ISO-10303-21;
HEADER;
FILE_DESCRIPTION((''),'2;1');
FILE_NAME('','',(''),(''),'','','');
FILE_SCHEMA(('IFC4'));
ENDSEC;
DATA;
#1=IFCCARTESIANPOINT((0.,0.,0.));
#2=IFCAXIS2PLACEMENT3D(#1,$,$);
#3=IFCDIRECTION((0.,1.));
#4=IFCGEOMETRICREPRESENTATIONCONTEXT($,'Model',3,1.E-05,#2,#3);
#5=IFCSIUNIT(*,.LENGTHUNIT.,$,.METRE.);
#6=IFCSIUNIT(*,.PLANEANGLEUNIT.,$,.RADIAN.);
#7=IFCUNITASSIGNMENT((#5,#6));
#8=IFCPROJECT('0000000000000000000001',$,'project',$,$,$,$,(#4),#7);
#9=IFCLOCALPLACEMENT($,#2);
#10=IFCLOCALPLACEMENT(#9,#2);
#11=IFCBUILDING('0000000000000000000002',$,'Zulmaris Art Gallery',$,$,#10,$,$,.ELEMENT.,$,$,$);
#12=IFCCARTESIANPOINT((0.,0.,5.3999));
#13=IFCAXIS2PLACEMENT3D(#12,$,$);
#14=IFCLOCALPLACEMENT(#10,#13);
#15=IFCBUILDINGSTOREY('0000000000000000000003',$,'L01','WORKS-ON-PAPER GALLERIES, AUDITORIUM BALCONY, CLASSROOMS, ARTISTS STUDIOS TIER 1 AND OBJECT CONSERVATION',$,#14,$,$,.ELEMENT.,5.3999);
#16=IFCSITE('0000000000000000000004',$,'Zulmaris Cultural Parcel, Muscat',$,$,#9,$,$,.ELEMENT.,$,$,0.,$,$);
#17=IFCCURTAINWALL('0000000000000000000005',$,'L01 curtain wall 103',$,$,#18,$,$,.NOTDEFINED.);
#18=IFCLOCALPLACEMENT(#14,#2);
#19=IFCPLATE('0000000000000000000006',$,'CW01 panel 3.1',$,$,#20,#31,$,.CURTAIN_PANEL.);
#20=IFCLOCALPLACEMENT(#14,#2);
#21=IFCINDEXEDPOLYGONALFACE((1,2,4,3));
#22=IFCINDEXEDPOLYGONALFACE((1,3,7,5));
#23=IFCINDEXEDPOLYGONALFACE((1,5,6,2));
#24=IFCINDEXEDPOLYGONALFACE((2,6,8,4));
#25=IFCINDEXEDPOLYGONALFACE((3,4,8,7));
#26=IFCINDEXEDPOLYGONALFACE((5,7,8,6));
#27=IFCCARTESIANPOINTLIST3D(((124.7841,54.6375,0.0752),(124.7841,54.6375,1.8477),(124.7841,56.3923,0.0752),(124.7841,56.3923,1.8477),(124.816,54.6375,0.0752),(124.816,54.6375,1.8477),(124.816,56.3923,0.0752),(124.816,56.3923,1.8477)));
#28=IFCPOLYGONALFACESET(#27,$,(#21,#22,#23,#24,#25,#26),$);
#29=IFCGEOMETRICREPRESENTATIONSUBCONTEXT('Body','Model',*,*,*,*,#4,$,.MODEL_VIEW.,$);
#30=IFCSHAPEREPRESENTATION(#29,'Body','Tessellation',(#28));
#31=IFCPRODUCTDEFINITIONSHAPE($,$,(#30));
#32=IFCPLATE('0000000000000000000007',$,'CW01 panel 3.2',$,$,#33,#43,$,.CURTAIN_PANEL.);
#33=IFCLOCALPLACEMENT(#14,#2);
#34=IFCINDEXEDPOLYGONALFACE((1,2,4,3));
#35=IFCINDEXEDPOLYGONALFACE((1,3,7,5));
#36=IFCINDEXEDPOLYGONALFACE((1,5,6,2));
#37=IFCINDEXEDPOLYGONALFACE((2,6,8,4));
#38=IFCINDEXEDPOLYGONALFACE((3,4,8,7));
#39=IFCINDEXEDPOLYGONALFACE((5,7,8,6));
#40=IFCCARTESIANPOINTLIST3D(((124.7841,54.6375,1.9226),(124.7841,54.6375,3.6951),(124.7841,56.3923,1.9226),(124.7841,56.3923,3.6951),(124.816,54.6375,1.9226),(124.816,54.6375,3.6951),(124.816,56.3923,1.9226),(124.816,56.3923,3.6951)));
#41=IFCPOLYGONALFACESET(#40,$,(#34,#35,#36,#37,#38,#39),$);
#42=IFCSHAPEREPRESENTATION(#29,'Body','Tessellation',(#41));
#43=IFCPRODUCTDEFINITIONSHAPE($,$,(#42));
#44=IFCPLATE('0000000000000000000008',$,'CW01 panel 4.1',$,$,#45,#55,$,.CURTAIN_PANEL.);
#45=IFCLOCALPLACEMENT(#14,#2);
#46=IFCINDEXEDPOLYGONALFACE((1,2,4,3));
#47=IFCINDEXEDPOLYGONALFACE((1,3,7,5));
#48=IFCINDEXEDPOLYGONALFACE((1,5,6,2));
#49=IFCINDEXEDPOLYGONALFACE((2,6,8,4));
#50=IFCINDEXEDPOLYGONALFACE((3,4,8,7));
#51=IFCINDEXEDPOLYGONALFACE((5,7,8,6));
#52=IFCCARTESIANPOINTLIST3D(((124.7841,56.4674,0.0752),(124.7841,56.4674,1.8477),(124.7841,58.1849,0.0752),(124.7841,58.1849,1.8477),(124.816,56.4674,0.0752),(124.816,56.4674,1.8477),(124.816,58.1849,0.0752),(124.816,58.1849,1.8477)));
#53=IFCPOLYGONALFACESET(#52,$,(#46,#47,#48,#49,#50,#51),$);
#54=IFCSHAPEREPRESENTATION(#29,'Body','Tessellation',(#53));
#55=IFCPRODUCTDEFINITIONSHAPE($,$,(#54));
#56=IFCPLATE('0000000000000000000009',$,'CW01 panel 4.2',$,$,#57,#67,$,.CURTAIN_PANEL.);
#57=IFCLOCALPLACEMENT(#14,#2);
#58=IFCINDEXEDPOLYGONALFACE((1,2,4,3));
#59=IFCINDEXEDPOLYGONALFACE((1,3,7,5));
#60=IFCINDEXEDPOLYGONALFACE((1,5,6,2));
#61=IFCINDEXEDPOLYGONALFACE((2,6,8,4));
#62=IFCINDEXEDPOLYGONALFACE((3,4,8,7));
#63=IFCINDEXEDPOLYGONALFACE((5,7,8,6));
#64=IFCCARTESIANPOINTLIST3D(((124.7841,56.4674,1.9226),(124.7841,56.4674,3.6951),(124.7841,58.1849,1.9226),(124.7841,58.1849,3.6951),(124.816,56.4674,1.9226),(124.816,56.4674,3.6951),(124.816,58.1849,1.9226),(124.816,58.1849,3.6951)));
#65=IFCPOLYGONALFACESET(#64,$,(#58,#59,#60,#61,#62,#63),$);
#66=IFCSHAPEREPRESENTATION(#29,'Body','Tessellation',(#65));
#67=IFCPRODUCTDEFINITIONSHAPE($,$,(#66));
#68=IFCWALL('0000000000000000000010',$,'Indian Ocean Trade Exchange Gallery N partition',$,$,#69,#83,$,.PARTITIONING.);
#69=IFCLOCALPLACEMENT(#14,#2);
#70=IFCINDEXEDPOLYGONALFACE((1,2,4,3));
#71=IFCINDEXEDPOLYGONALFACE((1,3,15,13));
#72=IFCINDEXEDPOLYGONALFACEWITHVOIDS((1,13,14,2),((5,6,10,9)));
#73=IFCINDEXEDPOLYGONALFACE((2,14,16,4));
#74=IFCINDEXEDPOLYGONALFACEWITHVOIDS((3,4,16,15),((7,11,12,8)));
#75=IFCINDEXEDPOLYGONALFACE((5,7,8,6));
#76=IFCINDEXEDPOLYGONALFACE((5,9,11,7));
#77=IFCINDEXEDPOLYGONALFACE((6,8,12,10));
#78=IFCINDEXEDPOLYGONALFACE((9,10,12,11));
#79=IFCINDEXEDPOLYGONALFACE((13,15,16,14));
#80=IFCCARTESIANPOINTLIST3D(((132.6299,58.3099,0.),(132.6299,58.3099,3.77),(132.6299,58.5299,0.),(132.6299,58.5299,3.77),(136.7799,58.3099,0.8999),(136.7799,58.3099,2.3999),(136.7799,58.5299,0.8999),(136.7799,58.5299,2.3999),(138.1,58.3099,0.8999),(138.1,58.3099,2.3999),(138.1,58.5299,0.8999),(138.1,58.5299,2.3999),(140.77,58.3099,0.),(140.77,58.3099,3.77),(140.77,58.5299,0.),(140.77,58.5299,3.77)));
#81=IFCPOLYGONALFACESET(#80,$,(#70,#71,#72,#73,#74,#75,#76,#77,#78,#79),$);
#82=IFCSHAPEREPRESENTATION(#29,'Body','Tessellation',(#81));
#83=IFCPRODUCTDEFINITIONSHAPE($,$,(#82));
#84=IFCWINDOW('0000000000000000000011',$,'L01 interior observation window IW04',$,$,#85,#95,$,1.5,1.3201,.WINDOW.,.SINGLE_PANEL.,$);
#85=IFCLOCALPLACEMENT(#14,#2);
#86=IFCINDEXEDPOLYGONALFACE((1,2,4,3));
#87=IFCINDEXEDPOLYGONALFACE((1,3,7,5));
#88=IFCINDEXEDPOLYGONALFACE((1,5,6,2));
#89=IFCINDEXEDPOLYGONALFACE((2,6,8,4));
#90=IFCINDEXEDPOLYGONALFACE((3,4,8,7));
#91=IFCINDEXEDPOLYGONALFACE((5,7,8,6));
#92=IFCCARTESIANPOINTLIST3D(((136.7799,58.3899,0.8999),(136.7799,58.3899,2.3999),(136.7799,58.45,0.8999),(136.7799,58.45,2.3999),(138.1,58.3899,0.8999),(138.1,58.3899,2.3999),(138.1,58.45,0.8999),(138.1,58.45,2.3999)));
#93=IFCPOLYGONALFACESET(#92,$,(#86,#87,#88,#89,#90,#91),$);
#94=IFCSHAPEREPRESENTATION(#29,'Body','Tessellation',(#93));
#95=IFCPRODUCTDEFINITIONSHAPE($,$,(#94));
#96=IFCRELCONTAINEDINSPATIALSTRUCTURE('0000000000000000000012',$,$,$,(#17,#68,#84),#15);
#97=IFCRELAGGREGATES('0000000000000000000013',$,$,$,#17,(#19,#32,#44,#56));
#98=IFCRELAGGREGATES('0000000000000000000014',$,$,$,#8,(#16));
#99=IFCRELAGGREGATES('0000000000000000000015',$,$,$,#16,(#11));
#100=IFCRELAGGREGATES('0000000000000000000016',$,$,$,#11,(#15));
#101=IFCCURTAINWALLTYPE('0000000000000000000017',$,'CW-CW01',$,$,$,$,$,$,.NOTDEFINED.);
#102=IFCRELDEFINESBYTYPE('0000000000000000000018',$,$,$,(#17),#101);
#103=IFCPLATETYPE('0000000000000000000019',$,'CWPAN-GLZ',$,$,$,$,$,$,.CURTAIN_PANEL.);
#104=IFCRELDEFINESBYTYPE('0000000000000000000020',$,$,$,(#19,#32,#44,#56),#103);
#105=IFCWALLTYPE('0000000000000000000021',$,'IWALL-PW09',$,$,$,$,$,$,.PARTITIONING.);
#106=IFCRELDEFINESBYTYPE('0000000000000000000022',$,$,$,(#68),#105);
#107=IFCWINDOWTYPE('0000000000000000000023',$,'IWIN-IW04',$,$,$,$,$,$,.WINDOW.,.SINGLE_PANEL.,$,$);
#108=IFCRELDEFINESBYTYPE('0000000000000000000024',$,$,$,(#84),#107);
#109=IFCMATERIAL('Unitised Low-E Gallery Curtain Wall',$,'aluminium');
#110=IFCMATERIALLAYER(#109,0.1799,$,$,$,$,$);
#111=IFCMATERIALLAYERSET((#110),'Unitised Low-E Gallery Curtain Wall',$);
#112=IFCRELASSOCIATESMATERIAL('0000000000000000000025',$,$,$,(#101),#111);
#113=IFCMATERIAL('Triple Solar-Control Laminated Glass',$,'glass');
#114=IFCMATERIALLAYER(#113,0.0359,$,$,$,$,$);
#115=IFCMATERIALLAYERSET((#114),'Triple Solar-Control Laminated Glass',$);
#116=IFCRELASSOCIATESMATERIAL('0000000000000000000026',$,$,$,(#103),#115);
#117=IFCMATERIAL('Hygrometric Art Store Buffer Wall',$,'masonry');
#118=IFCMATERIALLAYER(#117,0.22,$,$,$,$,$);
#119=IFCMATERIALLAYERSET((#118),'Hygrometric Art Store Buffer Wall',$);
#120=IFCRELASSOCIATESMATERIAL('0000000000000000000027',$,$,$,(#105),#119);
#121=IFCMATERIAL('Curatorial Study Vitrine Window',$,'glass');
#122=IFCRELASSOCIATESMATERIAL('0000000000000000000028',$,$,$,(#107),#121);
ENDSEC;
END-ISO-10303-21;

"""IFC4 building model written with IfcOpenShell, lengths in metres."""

from ifc_helpers import new_model, si_unit, direction, frame, frame_2d, origin, origin_2d, place, context, subcontext, project, spatial, rectangle, extrude, material, layer, layer_set, type_object, element, fill, aggregate, save


model = new_model("IFC4")

# Units and contexts
model_context = context("Model", 3, precision=1e-05, world=origin(), true_north=direction((0.0, 1.0)))
body_context = subcontext(model_context, "Body", "Model", "MODEL_VIEW")
ifc_project = project(units=[si_unit("LENGTHUNIT", "METRE"), si_unit("PLANEANGLEUNIT", "RADIAN")], contexts=[model_context])

# Site, building, storey
site_placement = place(None, origin())
site = spatial("IfcSite", under=ifc_project, at=site_placement, Name="Zulmaris Cultural Parcel, Muscat", CompositionType="ELEMENT", RefElevation=0.0)
building_placement = place(site_placement, origin())
building = spatial("IfcBuilding", under=site, at=building_placement, Name="Zulmaris Art Gallery", CompositionType="ELEMENT")
storey_placement = place(building_placement, frame((0.0, 0.0, 5.3999)))
storey = spatial("IfcBuildingStorey", under=building, at=storey_placement, Name="L01", Description="WORKS-ON-PAPER GALLERIES, AUDITORIUM BALCONY, CLASSROOMS, ARTISTS STUDIOS TIER 1 AND OBJECT CONSERVATION", CompositionType="ELEMENT", Elevation=5.3999)

# Shared definitions
ifc_material_1 = material(Name="Unitised Low-E Gallery Curtain Wall", Category="aluminium")
ifc_layer_1 = layer(ifc_material_1, 0.1799)
ifc_layer_set_1 = layer_set([ifc_layer_1], Name="Unitised Low-E Gallery Curtain Wall")
curtain_wall_type = type_object("IfcCurtainWallType", Name="CW-CW01", PredefinedType="NOTDEFINED", material=ifc_layer_set_1)

# Curtain wall
curtain_wall_1_placement = place(storey_placement, origin())
curtain_wall_1 = element("IfcCurtainWall", 1, at=curtain_wall_1_placement, inside=storey, type_object=curtain_wall_type, Name="L01 curtain wall 103", PredefinedType="NOTDEFINED")

# Plates
ifc_material_2 = material(Name="Triple Solar-Control Laminated Glass", Category="glass")
ifc_layer_2 = layer(ifc_material_2, 0.0359)
ifc_layer_set_2 = layer_set([ifc_layer_2], Name="Triple Solar-Control Laminated Glass")
plate_type = type_object("IfcPlateType", Name="CWPAN-GLZ", PredefinedType="CURTAIN_PANEL", material=ifc_layer_set_2)
plate_1_placement = place(storey_placement, frame((124.8, 55.5149, 0.0752), z_axis=(0.0, 0.0, 1.0), x_axis=(0.0, 1.0, 0.0)))
plate_1 = element("IfcPlate", 2, at=plate_1_placement, type_object=plate_type, Name="CW01 panel 3.1", PredefinedType="CURTAIN_PANEL", context=body_context, shape_type="SweptSolid", body=[
    extrude(rectangle(XDim=1.7549, YDim=0.032, at=origin_2d()), origin(), (0.0, 0.0, 1.0), 1.7725),
])
plate_2_placement = place(storey_placement, frame((124.8, 55.5149, 1.9226), z_axis=(0.0, 0.0, 1.0), x_axis=(0.0, 1.0, 0.0)))
plate_2 = element("IfcPlate", 3, at=plate_2_placement, type_object=plate_type, Name="CW01 panel 3.2", PredefinedType="CURTAIN_PANEL", context=body_context, shape_type="SweptSolid", body=[
    extrude(rectangle(XDim=1.7549, YDim=0.032, at=origin_2d()), origin(), (0.0, 0.0, 1.0), 1.7725),
])
plate_3_placement = place(storey_placement, frame((124.8, 57.3262, 0.0752), z_axis=(0.0, 0.0, 1.0), x_axis=(0.0, 1.0, 0.0)))
plate_3 = element("IfcPlate", 4, at=plate_3_placement, type_object=plate_type, Name="CW01 panel 4.1", PredefinedType="CURTAIN_PANEL", context=body_context, shape_type="SweptSolid", body=[
    extrude(rectangle(XDim=1.7175, YDim=0.032, at=origin_2d()), origin(), (0.0, 0.0, 1.0), 1.7725),
])
plate_4_placement = place(storey_placement, frame((124.8, 57.3262, 1.9226), z_axis=(0.0, 0.0, 1.0), x_axis=(0.0, 1.0, 0.0)))
plate_4 = element("IfcPlate", 5, at=plate_4_placement, type_object=plate_type, Name="CW01 panel 4.2", PredefinedType="CURTAIN_PANEL", context=body_context, shape_type="SweptSolid", body=[
    extrude(rectangle(XDim=1.7175, YDim=0.032, at=origin_2d()), origin(), (0.0, 0.0, 1.0), 1.7725),
])
aggregate(curtain_wall_1, [plate_1, plate_2, plate_3, plate_4])

# Wall, opening, window
ifc_material_3 = material(Name="Hygrometric Art Store Buffer Wall", Category="masonry")
ifc_layer_3 = layer(ifc_material_3, 0.22)
ifc_layer_set_3 = layer_set([ifc_layer_3], Name="Hygrometric Art Store Buffer Wall")
wall_type = type_object("IfcWallType", Name="IWALL-PW09", PredefinedType="PARTITIONING", material=ifc_layer_set_3)
wall_placement = place(storey_placement, frame((132.6299, 58.4199, 0.0), z_axis=(0.0, 0.0, 1.0), x_axis=(1.0, 0.0, 0.0)))
wall = element("IfcWall", 6, at=wall_placement, inside=storey, type_object=wall_type, Name="Indian Ocean Trade Exchange Gallery N partition", PredefinedType="PARTITIONING", context=body_context, shape_type="SweptSolid", body=[
    extrude(rectangle(XDim=8.1401, YDim=0.22, at=frame_2d((4.0701, 0.0))), origin(), (0.0, 0.0, 1.0), 3.77),
])
opening_placement = place(wall_placement, frame((4.1499, 0.0, 0.8999)))
opening = element("IfcOpeningElement", 7, at=opening_placement, cuts=wall, PredefinedType="OPENING", context=body_context, shape_type="SweptSolid", body=[
    extrude(rectangle(XDim=1.3201, YDim=1.5, at=frame_2d((0.6602, 0.75))), frame((0.0, 0.1199, 0.0), z_axis=(0.0, -1.0, 0.0), x_axis=(1.0, 0.0, 0.0)), (0.0, 0.0, 1.0), 0.24),
])
ifc_material_4 = material(Name="Curatorial Study Vitrine Window", Category="glass")
window_type = type_object("IfcWindowType", Name="IWIN-IW04", PartitioningType="SINGLE_PANEL", PredefinedType="WINDOW", material=ifc_material_4)
window_placement = place(opening_placement, origin())
window = element("IfcWindow", 8, at=window_placement, inside=storey, type_object=window_type, Name="L01 interior observation window IW04", OverallHeight=1.5, OverallWidth=1.3201, PartitioningType="SINGLE_PANEL", PredefinedType="WINDOW", context=body_context, shape_type="SweptSolid", body=[
    extrude(rectangle(XDim=1.3201, YDim=1.5, at=frame_2d((0.6602, 0.75))), frame((0.0, 0.03, 0.0), z_axis=(0.0, -1.0, 0.0), x_axis=(1.0, 0.0, 0.0)), (0.0, 0.0, 1.0), 0.0601),
])
fill(opening, window)

save(model, "model.ifc")
